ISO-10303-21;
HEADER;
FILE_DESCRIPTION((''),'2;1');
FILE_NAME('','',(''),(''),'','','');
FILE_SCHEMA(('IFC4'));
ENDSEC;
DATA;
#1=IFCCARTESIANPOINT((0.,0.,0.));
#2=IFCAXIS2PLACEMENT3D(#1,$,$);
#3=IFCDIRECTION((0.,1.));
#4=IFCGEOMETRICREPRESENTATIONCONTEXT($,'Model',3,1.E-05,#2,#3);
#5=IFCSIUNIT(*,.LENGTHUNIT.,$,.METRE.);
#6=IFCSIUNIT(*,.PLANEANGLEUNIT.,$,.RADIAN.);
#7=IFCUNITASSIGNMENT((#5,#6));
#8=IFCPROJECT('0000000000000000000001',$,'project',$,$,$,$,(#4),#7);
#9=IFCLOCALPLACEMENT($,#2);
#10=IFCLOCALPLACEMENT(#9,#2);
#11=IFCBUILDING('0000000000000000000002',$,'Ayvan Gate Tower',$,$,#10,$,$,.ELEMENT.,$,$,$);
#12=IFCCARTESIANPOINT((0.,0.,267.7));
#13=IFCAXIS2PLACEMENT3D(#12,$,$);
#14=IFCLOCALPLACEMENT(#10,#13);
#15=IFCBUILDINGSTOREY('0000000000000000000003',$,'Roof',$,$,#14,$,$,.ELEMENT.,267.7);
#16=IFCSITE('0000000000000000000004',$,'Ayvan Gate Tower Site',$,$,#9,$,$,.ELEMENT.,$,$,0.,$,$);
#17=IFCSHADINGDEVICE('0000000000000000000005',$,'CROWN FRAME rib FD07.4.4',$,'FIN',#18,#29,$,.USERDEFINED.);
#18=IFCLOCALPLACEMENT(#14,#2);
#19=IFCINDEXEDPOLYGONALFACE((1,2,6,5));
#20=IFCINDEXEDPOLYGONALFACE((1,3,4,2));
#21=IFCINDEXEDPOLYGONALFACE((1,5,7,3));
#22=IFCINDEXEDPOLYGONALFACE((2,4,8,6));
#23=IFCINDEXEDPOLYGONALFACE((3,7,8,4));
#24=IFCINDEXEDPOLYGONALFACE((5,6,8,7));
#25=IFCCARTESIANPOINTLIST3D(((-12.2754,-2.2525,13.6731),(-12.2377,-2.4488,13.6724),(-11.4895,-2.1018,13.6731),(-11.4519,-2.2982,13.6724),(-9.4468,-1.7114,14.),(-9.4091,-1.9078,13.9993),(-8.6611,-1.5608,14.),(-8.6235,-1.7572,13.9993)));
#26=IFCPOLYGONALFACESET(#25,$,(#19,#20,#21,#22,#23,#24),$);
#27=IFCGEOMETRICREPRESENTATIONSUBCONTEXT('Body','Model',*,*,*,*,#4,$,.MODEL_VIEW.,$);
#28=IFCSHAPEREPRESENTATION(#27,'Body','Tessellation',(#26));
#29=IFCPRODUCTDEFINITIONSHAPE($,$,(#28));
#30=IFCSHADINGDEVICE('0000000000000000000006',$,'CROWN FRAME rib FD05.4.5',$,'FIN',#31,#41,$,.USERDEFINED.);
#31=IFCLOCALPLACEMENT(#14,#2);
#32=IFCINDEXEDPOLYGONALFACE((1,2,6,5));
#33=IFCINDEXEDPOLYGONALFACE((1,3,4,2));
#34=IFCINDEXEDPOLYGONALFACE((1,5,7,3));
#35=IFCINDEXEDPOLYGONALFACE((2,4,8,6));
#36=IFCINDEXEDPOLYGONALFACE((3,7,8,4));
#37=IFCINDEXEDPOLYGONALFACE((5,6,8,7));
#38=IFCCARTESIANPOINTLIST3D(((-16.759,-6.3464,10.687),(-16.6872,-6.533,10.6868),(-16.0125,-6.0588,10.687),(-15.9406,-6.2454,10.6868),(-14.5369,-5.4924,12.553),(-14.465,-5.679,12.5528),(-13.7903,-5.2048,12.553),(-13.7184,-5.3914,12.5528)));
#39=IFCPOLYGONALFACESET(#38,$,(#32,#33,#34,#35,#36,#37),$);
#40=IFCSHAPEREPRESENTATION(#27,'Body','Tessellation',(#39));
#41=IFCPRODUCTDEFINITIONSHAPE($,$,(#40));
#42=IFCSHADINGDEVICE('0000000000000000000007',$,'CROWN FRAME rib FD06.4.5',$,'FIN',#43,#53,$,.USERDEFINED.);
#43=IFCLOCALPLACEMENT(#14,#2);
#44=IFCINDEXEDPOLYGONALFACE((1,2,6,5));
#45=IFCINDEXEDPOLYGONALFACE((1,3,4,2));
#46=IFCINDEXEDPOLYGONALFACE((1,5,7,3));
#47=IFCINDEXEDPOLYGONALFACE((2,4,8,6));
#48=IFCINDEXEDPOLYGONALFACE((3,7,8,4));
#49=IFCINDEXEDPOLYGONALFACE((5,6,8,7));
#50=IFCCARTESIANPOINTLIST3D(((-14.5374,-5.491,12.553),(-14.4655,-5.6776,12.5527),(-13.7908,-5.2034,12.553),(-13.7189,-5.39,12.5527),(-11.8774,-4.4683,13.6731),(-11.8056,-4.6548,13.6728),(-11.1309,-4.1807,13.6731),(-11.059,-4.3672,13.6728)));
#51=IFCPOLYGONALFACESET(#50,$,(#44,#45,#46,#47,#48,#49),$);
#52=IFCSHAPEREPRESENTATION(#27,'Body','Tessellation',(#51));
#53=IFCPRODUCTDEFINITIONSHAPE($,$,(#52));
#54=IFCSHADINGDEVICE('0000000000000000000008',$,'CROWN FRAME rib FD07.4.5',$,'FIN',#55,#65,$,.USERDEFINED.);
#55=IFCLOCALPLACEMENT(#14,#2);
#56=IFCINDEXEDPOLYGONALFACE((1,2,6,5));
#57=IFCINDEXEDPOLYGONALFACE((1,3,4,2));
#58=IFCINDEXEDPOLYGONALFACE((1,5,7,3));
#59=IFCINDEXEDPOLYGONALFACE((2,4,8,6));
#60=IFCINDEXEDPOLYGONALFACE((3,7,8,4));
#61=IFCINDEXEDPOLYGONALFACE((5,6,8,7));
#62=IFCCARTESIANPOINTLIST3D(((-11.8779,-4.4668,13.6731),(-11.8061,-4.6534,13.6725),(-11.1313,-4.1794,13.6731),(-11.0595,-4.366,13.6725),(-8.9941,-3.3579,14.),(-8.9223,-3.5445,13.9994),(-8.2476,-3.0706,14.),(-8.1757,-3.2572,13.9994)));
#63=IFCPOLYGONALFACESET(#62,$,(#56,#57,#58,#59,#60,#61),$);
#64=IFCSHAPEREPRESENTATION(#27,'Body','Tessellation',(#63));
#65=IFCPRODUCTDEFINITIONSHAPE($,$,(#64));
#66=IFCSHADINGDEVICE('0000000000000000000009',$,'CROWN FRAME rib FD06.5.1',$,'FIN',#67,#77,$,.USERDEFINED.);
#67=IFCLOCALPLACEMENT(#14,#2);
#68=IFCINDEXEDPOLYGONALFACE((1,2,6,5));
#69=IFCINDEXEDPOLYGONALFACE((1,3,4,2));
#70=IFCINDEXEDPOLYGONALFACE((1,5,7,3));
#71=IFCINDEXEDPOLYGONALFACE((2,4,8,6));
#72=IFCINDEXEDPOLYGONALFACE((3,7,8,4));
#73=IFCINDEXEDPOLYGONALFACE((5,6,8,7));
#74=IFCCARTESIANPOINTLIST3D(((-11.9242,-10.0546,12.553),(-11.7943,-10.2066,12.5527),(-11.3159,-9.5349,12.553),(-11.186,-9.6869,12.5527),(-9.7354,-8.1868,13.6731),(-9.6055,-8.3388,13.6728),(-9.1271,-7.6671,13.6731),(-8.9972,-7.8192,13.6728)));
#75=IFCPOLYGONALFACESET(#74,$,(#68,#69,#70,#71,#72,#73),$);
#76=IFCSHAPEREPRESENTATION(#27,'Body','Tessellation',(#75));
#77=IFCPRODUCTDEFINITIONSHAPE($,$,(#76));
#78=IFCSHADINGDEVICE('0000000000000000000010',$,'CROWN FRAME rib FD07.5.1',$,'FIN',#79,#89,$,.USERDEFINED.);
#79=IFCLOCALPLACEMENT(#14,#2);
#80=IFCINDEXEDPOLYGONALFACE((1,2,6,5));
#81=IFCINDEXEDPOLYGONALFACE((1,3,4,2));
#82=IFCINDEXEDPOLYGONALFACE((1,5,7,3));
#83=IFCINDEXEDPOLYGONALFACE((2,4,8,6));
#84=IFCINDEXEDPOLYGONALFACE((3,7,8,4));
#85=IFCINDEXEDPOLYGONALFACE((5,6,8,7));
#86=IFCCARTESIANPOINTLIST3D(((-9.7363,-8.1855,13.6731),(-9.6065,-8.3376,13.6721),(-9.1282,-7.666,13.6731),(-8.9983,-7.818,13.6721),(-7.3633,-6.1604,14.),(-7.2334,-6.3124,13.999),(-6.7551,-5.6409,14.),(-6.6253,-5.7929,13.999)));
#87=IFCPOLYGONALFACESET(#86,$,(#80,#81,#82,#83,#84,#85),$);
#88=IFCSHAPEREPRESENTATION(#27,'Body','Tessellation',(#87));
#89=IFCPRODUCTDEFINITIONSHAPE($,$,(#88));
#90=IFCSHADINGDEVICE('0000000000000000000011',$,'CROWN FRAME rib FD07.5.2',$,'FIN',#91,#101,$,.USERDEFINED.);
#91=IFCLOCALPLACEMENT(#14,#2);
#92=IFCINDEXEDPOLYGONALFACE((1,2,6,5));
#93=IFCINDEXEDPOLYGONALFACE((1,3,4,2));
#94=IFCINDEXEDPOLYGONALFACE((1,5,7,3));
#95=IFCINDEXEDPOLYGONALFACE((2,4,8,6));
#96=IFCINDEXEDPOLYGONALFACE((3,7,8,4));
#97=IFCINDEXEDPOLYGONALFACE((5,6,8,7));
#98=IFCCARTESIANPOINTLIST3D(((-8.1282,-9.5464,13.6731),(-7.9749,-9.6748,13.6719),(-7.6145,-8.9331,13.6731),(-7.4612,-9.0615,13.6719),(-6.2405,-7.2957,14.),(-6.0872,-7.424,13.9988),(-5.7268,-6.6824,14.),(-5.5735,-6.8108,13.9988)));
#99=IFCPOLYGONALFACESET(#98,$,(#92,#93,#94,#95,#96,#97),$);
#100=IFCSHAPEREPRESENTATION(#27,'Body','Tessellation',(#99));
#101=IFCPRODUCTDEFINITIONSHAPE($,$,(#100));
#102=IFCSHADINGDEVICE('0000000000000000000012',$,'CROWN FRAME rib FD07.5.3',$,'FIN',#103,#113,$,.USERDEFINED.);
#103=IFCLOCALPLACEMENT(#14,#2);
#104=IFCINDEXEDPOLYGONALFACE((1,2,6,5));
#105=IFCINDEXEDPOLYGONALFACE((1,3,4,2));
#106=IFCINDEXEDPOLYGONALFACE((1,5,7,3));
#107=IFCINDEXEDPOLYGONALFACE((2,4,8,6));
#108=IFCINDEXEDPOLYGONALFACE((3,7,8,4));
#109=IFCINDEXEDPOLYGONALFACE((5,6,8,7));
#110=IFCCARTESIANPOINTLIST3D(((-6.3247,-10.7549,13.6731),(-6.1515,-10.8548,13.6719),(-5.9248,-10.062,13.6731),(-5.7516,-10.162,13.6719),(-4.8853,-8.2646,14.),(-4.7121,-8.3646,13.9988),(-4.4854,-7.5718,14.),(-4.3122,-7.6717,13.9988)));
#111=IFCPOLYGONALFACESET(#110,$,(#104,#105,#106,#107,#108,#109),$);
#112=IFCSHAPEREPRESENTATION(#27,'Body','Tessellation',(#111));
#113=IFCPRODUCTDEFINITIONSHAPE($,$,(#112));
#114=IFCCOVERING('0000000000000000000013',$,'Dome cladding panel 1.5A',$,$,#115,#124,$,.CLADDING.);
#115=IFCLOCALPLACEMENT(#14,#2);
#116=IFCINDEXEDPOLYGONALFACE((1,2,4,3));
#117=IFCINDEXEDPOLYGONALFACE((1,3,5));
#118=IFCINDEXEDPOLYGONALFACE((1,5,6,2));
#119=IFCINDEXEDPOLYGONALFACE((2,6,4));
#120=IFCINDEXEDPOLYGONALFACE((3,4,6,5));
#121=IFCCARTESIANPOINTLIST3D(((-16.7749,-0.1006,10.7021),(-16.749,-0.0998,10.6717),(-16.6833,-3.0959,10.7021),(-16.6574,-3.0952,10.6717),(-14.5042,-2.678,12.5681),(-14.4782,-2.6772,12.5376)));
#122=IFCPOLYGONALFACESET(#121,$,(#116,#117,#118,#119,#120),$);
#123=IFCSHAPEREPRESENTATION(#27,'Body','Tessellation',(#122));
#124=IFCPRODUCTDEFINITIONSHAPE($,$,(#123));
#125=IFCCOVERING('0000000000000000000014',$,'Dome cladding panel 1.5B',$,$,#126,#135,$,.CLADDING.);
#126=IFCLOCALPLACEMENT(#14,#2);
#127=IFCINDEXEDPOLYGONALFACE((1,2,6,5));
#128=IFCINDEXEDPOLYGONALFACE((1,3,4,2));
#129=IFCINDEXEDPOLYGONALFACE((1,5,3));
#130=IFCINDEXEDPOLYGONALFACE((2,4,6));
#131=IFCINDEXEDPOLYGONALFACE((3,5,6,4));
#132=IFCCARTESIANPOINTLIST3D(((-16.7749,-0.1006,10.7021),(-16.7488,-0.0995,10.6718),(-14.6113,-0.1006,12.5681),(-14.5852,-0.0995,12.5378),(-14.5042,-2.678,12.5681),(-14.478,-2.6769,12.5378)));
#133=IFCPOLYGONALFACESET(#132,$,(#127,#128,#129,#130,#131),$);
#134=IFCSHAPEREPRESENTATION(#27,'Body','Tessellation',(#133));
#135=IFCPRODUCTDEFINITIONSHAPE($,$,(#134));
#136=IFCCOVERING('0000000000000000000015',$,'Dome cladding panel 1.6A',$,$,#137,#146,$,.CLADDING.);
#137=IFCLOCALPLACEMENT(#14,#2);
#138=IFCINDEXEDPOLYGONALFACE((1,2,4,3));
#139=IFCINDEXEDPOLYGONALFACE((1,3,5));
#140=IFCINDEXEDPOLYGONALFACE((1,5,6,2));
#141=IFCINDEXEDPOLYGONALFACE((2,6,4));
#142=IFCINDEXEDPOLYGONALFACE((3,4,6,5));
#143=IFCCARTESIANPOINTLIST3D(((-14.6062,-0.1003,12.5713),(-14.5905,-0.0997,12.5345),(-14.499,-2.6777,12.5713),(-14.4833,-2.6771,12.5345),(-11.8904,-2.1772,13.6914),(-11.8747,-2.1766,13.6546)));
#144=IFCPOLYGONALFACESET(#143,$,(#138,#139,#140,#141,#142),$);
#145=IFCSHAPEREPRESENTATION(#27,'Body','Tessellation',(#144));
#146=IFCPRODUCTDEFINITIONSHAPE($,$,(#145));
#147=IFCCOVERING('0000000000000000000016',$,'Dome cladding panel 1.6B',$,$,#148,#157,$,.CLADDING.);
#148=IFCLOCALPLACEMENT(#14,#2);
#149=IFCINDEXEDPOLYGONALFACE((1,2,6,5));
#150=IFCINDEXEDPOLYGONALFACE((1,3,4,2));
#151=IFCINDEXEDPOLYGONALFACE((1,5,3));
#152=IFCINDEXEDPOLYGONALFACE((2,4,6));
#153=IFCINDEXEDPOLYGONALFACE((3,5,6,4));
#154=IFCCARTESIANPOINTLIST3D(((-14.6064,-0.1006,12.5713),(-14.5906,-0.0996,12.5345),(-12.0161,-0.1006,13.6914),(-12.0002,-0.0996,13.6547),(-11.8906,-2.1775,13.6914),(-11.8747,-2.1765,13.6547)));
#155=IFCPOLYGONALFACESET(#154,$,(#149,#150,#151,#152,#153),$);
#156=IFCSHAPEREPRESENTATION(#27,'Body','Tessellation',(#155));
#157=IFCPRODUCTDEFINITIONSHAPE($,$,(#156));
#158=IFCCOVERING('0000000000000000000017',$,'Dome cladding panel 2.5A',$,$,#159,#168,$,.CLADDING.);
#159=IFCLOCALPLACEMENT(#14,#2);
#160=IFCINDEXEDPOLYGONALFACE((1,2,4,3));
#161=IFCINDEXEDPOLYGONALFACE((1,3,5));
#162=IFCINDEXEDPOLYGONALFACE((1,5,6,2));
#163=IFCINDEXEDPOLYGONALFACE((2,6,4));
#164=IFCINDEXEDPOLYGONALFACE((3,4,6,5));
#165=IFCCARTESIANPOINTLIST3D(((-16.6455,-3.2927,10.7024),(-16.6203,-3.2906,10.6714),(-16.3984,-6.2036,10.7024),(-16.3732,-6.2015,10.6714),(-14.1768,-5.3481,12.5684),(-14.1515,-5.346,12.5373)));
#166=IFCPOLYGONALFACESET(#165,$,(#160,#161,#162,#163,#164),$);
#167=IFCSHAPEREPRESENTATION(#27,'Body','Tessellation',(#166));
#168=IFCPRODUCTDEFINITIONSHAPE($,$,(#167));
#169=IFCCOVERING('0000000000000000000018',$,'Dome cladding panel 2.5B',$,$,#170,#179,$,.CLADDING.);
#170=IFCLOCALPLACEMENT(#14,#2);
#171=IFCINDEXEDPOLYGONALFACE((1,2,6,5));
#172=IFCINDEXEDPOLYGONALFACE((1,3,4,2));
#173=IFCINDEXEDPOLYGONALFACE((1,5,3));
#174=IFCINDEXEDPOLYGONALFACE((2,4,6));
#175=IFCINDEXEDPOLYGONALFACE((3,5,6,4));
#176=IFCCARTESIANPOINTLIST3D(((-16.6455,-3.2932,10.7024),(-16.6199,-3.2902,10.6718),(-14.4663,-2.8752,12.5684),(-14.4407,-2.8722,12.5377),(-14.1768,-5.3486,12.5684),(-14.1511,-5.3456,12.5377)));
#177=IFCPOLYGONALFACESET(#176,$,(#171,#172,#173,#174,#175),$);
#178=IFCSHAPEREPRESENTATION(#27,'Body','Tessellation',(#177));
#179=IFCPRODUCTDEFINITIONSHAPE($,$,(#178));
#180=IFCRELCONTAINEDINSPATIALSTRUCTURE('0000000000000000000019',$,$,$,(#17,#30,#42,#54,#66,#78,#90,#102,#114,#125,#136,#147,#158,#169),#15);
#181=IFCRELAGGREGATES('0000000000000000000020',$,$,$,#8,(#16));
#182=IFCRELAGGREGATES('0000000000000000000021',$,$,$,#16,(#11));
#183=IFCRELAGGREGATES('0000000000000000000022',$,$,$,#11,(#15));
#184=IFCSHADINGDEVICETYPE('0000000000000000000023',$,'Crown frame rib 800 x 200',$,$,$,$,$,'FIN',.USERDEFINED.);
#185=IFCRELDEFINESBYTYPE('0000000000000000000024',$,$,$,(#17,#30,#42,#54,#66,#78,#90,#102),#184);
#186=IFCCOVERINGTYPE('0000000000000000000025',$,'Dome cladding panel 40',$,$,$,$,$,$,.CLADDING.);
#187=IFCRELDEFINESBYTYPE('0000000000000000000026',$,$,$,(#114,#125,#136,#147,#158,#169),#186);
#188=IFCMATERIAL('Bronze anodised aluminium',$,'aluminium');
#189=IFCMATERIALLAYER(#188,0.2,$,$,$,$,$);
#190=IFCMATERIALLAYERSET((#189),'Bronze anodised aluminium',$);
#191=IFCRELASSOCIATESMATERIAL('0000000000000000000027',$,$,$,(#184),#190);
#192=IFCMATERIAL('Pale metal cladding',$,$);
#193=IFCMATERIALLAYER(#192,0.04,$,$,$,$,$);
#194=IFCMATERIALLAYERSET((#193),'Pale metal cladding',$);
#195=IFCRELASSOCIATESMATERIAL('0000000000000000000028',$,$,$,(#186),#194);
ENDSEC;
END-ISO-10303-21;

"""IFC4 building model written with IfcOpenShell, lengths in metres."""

from ifc_helpers import new_model, si_unit, direction, frame, origin, place, context, subcontext, project, spatial, polyline, outline, extrude, material, layer, layer_set, type_object, element, save


model = new_model("IFC4")

# Units and contexts
model_context = context("Model", 3, precision=1e-05, world=origin(), true_north=direction((0.0, 1.0)))
body_context = subcontext(model_context, "Body", "Model", "MODEL_VIEW")
ifc_project = project(units=[si_unit("LENGTHUNIT", "METRE"), si_unit("PLANEANGLEUNIT", "RADIAN")], contexts=[model_context])

# Site, building, storey
site_placement = place(None, origin())
site = spatial("IfcSite", under=ifc_project, at=site_placement, Name="Ayvan Gate Tower Site", CompositionType="ELEMENT", RefElevation=0.0)
building_placement = place(site_placement, origin())
building = spatial("IfcBuilding", under=site, at=building_placement, Name="Ayvan Gate Tower", CompositionType="ELEMENT")
storey_placement = place(building_placement, frame((0.0, 0.0, 267.7)))
storey = spatial("IfcBuildingStorey", under=building, at=storey_placement, Name="Roof", CompositionType="ELEMENT", Elevation=267.7)

# Shading devices
ifc_material_1 = material(Name="Bronze anodised aluminium", Category="aluminium")
ifc_layer_1 = layer(ifc_material_1, 0.2)
ifc_layer_set_1 = layer_set([ifc_layer_1], Name="Bronze anodised aluminium")
shading_device_type = type_object("IfcShadingDeviceType", Name="Crown frame rib 800 x 200", ElementType="FIN", PredefinedType="USERDEFINED", material=ifc_layer_set_1)
shading_device_1_placement = place(storey_placement, frame((-11.4895, -2.1018, 13.6731), z_axis=(-0.188275, 0.98211, 0.003659), x_axis=(-0.982116, -0.188276, 0.0)))
element("IfcShadingDevice", 1, at=shading_device_1_placement, inside=storey, type_object=shading_device_type, Name="CROWN FRAME rib FD07.4.4", ObjectType="FIN", PredefinedType="USERDEFINED", context=body_context, shape_type="SweptSolid", body=[
    extrude(outline(polyline([(0.0, 0.0), (0.8002, 0.0), (-2.0797, 0.3269), (-2.8796, 0.3269), (0.0, 0.0)])), origin(), (0.0, 0.0, -1.0), 0.2),
])
shading_device_2_placement = place(storey_placement, frame((-16.0125, -6.0588, 10.687), z_axis=(-0.35947, 0.933156, 0.001009), x_axis=(-0.933157, -0.35947, 0.0)))
element("IfcShadingDevice", 2, at=shading_device_2_placement, inside=storey, type_object=shading_device_type, Name="CROWN FRAME rib FD05.4.5", ObjectType="FIN", PredefinedType="USERDEFINED", context=body_context, shape_type="SweptSolid", body=[
    extrude(outline(polyline([(0.0, 0.0), (0.8001, 0.0), (-1.5806, 1.866), (-2.3806, 1.866), (0.0, 0.0)])), origin(), (0.0, 0.0, -1.0), 0.2),
])
shading_device_3_placement = place(storey_placement, frame((-13.7908, -5.2034, 12.553), z_axis=(-0.359469, 0.933155, 0.001619), x_axis=(-0.933157, -0.35947, 0.0)))
element("IfcShadingDevice", 3, at=shading_device_3_placement, inside=storey, type_object=shading_device_type, Name="CROWN FRAME rib FD06.4.5", ObjectType="FIN", PredefinedType="USERDEFINED", context=body_context, shape_type="SweptSolid", body=[
    extrude(outline(polyline([(0.0, 0.0), (0.8001, 0.0), (-2.0497, 1.1201), (-2.8497, 1.1201), (0.0, 0.0)])), origin(), (0.0, 0.0, -1.0), 0.2),
])
shading_device_4_placement = place(storey_placement, frame((-11.1313, -4.1794, 13.6731), z_axis=(-0.359202, 0.933255, 0.003029), x_axis=(-0.933259, -0.359204, 0.0)))
element("IfcShadingDevice", 4, at=shading_device_4_placement, inside=storey, type_object=shading_device_type, Name="CROWN FRAME rib FD07.4.5", ObjectType="FIN", PredefinedType="USERDEFINED", context=body_context, shape_type="SweptSolid", body=[
    extrude(outline(polyline([(0.0, 0.0), (0.8, 0.0), (-2.2897, 0.3269), (-3.0896, 0.3269), (0.0, 0.0)])), origin(), (0.0, 0.0, -1.0), 0.2),
])
shading_device_5_placement = place(storey_placement, frame((-11.3159, -9.5349, 12.553), z_axis=(-0.649546, 0.760321, 0.001453), x_axis=(-0.760322, -0.649546, 0.0)))
element("IfcShadingDevice", 5, at=shading_device_5_placement, inside=storey, type_object=shading_device_type, Name="CROWN FRAME rib FD06.5.1", ObjectType="FIN", PredefinedType="USERDEFINED", context=body_context, shape_type="SweptSolid", body=[
    extrude(outline(polyline([(0.0, 0.0), (0.8, 0.0), (-2.0774, 1.1201), (-2.8774, 1.1201), (0.0, 0.0)])), origin(), (0.0, 0.0, -1.0), 0.2),
])
shading_device_6_placement = place(storey_placement, frame((-9.1282, -7.666, 13.6731), z_axis=(-0.649526, 0.760324, 0.004859), x_axis=(-0.760333, -0.649534, 0.0)))
element("IfcShadingDevice", 6, at=shading_device_6_placement, inside=storey, type_object=shading_device_type, Name="CROWN FRAME rib FD07.5.1", ObjectType="FIN", PredefinedType="USERDEFINED", context=body_context, shape_type="SweptSolid", body=[
    extrude(outline(polyline([(0.0, 0.0), (0.7999, 0.0), (-2.3199, 0.3269), (-3.1197, 0.3269), (0.0, 0.0)])), origin(), (0.0, 0.0, -1.0), 0.2),
])
shading_device_7_placement = place(storey_placement, frame((-7.6145, -8.9331, 13.6731), z_axis=(-0.766604, 0.642092, 0.005928), x_axis=(-0.642104, -0.766618, 0.0)))
element("IfcShadingDevice", 7, at=shading_device_7_placement, inside=storey, type_object=shading_device_type, Name="CROWN FRAME rib FD07.5.2", ObjectType="FIN", PredefinedType="USERDEFINED", context=body_context, shape_type="SweptSolid", body=[
    extrude(outline(polyline([(0.0, 0.0), (0.8, 0.0), (-2.1376, 0.3269), (-2.9375, 0.3269), (0.0, 0.0)])), origin(), (0.0, 0.0, -1.0), 0.2),
])
shading_device_8_placement = place(storey_placement, frame((-5.9248, -10.062, 13.6731), z_axis=(-0.86608, 0.499873, 0.005754), x_axis=(-0.499881, -0.866094, 0.0)))
element("IfcShadingDevice", 8, at=shading_device_8_placement, inside=storey, type_object=shading_device_type, Name="CROWN FRAME rib FD07.5.3", ObjectType="FIN", PredefinedType="USERDEFINED", context=body_context, shape_type="SweptSolid", body=[
    extrude(outline(polyline([(0.0, 0.0), (0.8, 0.0), (-2.0763, 0.3269), (-2.8763, 0.3269), (0.0, 0.0)])), origin(), (0.0, 0.0, -1.0), 0.2),
])

# Coverings
ifc_material_2 = material(Name="Pale metal cladding")
ifc_layer_2 = layer(ifc_material_2, 0.04)
ifc_layer_set_2 = layer_set([ifc_layer_2], Name="Pale metal cladding")
covering_type = type_object("IfcCoveringType", Name="Dome cladding panel 40", PredefinedType="CLADDING", material=ifc_layer_set_2)
covering_1_placement = place(storey_placement, frame((-16.7749, -0.1006, 10.7021), z_axis=(-0.648083, -0.019809, 0.761312), x_axis=(0.030551, -0.999533, 0.0)))
element("IfcCovering", 9, at=covering_1_placement, inside=storey, type_object=covering_type, Name="Dome cladding panel 1.5A", PredefinedType="CLADDING", context=body_context, shape_type="SweptSolid", body=[
    extrude(outline(polyline([(0.0, 0.0), (2.9968, 0.0), (2.6456, 2.8779), (0.0, 0.0)])), origin(), (0.0, 0.0, -1.0), 0.04),
])
covering_2_placement = place(storey_placement, frame((-16.7749, -0.1006, 10.7021), z_axis=(-0.652863, -0.027149, 0.756989), x_axis=(0.580888, -0.659331, 0.477339)))
element("IfcCovering", 10, at=covering_2_placement, inside=storey, type_object=covering_type, Name="Dome cladding panel 1.5B", PredefinedType="CLADDING", context=body_context, shape_type="SweptSolid", body=[
    extrude(outline(polyline([(0.0, 0.0), (3.9091, 0.0), (2.1475, 1.8845), (0.0, 0.0)])), origin(), (0.0, 0.0, -1.0), 0.04),
])
covering_3_placement = place(storey_placement, frame((-14.6062, -0.1003, 12.5713), z_axis=(-0.391859, -0.016295, 0.919881), x_axis=(0.041548, -0.999137, 0.0)))
element("IfcCovering", 11, at=covering_3_placement, inside=storey, type_object=covering_type, Name="Dome cladding panel 1.6A", PredefinedType="CLADDING", context=body_context, shape_type="SweptSolid", body=[
    extrude(outline(polyline([(0.0, 0.0), (2.5796, 0.0), (2.1879, 2.856), (0.0, 0.0)])), origin(), (0.0, 0.0, -1.0), 0.04),
])
covering_4_placement = place(storey_placement, frame((-14.6064, -0.1006, 12.5713), z_axis=(-0.396789, -0.023974, 0.917597), x_axis=(0.754864, -0.577277, 0.311337)))
element("IfcCovering", 12, at=covering_4_placement, inside=storey, type_object=covering_type, Name="Dome cladding panel 1.6B", PredefinedType="CLADDING", context=body_context, shape_type="SweptSolid", body=[
    extrude(outline(polyline([(0.0, 0.0), (3.5978, 0.0), (2.3041, 1.6296), (0.0, 0.0)])), origin(), (0.0, 0.0, -1.0), 0.04),
])
covering_5_placement = place(storey_placement, frame((-16.6455, -3.2927, 10.7024), z_axis=(-0.630068, -0.053479, 0.774697), x_axis=(0.084574, -0.996417, 0.0)))
element("IfcCovering", 13, at=covering_5_placement, inside=storey, type_object=covering_type, Name="Dome cladding panel 2.5A", PredefinedType="CLADDING", context=body_context, shape_type="SweptSolid", body=[
    extrude(outline(polyline([(0.0, 0.0), (2.9214, 0.0), (2.2568, 2.9509), (0.0, 0.0)])), origin(), (0.0, 0.0, -1.0), 0.04),
])
covering_6_placement = place(storey_placement, frame((-16.6455, -3.2932, 10.7024), z_axis=(-0.640243, -0.074951, 0.764507), x_axis=(0.664534, -0.553274, 0.502278)))
element("IfcCovering", 14, at=covering_6_placement, inside=storey, type_object=covering_type, Name="Dome cladding panel 2.5B", PredefinedType="CLADDING", context=body_context, shape_type="SweptSolid", body=[
    extrude(outline(polyline([(0.0, 0.0), (3.715, 0.0), (2.1541, 1.9404), (0.0, 0.0)])), origin(), (0.0, 0.0, -1.0), 0.04),
])

save(model, "model.ifc")
